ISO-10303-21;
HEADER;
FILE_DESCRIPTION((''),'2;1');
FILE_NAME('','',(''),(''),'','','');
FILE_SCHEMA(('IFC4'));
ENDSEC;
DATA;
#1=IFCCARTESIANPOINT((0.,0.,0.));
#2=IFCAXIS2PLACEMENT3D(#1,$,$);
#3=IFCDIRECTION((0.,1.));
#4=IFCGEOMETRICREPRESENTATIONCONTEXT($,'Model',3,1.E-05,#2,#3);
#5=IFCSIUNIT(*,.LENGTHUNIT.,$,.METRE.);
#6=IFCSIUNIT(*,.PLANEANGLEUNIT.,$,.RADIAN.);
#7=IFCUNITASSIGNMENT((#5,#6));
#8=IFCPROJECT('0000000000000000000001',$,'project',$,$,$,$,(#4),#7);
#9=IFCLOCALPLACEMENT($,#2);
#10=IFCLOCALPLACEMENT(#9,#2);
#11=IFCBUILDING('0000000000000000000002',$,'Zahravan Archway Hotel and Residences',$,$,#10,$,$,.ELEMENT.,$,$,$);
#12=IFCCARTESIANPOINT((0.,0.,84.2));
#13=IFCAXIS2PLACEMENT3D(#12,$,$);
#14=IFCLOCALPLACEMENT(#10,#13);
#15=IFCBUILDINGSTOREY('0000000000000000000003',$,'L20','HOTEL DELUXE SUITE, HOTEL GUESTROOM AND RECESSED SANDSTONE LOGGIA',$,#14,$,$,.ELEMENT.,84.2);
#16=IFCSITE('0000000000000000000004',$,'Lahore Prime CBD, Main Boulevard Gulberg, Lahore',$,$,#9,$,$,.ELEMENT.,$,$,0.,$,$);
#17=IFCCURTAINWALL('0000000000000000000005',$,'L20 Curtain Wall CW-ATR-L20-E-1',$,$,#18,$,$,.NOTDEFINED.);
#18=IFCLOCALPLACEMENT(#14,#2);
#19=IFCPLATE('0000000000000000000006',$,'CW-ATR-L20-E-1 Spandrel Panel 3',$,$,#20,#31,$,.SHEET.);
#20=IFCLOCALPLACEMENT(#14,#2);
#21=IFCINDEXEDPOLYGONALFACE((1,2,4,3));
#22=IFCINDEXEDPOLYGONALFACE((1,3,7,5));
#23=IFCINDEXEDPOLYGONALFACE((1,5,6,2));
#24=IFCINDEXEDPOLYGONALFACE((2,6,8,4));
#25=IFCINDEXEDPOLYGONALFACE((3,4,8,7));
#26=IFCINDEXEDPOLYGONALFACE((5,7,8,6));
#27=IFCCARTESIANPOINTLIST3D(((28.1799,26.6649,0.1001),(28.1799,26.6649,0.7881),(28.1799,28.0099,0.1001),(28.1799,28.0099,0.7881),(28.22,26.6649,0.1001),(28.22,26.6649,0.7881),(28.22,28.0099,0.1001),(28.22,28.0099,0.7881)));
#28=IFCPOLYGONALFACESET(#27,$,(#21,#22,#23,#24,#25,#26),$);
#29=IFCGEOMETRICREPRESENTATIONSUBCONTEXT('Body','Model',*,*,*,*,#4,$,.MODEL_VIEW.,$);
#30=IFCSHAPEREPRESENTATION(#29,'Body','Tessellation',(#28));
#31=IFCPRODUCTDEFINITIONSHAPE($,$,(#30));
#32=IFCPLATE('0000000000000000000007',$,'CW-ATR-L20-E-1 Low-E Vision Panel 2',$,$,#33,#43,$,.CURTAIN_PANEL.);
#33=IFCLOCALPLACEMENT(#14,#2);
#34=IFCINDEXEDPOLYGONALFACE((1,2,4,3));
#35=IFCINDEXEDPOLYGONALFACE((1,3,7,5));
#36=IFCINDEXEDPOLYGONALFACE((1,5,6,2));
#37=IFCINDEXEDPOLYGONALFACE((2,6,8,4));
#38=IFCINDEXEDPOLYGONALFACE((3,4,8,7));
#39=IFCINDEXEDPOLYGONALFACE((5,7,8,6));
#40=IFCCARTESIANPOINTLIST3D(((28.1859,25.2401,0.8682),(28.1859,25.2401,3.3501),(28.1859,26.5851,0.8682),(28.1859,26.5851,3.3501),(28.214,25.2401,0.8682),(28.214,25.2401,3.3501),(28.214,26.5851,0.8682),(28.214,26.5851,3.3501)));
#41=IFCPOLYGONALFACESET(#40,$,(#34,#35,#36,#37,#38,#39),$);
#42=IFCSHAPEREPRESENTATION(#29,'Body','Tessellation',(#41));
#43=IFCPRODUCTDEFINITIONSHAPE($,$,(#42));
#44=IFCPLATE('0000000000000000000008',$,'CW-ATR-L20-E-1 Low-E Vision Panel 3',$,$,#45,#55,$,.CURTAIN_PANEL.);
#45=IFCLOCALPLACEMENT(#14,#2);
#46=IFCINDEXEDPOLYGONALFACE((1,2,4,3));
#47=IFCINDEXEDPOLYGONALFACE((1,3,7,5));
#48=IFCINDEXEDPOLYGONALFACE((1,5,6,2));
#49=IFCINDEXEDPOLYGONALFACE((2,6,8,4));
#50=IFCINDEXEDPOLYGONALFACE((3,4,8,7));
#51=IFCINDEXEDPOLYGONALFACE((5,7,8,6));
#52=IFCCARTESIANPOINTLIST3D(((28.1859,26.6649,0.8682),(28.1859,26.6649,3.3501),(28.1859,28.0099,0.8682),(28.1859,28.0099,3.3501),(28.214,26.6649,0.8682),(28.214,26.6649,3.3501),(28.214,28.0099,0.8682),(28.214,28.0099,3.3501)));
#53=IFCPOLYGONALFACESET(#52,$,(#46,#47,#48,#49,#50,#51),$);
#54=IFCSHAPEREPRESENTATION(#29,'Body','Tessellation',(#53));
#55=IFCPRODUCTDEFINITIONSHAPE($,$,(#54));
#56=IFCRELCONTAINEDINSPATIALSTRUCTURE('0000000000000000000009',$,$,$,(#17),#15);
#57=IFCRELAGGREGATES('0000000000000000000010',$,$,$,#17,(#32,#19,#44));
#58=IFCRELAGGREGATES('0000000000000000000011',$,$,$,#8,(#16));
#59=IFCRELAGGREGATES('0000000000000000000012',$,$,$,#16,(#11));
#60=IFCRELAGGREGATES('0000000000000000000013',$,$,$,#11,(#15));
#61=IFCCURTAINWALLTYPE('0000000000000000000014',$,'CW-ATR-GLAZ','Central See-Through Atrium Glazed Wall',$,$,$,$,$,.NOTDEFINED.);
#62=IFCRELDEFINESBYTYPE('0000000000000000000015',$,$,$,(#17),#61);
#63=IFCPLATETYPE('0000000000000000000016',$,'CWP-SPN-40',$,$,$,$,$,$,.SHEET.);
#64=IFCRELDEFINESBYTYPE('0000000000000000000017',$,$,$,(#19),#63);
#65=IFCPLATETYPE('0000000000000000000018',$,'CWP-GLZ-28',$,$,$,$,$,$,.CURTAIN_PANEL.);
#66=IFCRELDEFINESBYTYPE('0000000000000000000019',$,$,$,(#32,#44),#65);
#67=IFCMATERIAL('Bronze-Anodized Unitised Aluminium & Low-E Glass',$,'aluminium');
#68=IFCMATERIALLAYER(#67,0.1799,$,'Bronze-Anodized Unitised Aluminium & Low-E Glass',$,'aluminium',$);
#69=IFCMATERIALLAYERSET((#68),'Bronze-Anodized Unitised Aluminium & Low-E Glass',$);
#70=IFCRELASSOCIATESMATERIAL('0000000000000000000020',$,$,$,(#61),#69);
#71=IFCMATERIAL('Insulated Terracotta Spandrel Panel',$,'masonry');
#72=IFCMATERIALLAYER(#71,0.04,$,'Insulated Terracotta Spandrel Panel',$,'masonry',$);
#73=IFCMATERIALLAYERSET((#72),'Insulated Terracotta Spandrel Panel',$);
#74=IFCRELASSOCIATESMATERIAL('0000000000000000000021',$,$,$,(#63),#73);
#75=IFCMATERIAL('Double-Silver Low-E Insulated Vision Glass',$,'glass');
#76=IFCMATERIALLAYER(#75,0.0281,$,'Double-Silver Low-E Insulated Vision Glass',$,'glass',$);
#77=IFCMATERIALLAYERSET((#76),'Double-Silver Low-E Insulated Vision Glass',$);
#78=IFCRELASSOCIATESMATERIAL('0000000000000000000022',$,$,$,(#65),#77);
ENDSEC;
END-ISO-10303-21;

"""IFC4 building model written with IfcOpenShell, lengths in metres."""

from ifc_helpers import new_model, si_unit, direction, frame, origin, origin_2d, place, context, subcontext, project, spatial, rectangle, extrude, source, transform, mapped, material, layer, layer_set, type_object, element, aggregate, save


model = new_model("IFC4")

# Units and contexts
model_context = context("Model", 3, precision=1e-05, world=origin(), true_north=direction((0.0, 1.0)))
body_context = subcontext(model_context, "Body", "Model", "MODEL_VIEW")
ifc_project = project(units=[si_unit("LENGTHUNIT", "METRE"), si_unit("PLANEANGLEUNIT", "RADIAN")], contexts=[model_context])

# Site, building, storey
site_placement = place(None, origin())
site = spatial("IfcSite", under=ifc_project, at=site_placement, Name="Lahore Prime CBD, Main Boulevard Gulberg, Lahore", CompositionType="ELEMENT", RefElevation=0.0)
building_placement = place(site_placement, origin())
building = spatial("IfcBuilding", under=site, at=building_placement, Name="Zahravan Archway Hotel and Residences", CompositionType="ELEMENT")
storey_placement = place(building_placement, frame((0.0, 0.0, 84.2)))
storey = spatial("IfcBuildingStorey", under=building, at=storey_placement, Name="L20", Description="HOTEL DELUXE SUITE, HOTEL GUESTROOM AND RECESSED SANDSTONE LOGGIA", CompositionType="ELEMENT", Elevation=84.2)

# Shared definitions
ifc_material_1 = material(Name="Bronze-Anodized Unitised Aluminium & Low-E Glass", Category="aluminium")

# Shared definitions
ifc_layer_1 = layer(ifc_material_1, 0.1799, Name="Bronze-Anodized Unitised Aluminium & Low-E Glass", Category="aluminium")
ifc_layer_set_1 = layer_set([ifc_layer_1], Name="Bronze-Anodized Unitised Aluminium & Low-E Glass")
curtain_wall_type_1 = type_object("IfcCurtainWallType", Name="CW-ATR-GLAZ", Description="Central See-Through Atrium Glazed Wall", PredefinedType="NOTDEFINED", material=ifc_layer_set_1)

# Curtain wall
curtain_wall_1_placement = place(storey_placement, origin())
curtain_wall_1 = element("IfcCurtainWall", 1, at=curtain_wall_1_placement, inside=storey, type_object=curtain_wall_type_1, Name="L20 Curtain Wall CW-ATR-L20-E-1", PredefinedType="NOTDEFINED")

# Plates
ifc_material_2 = material(Name="Insulated Terracotta Spandrel Panel", Category="masonry")
ifc_layer_2 = layer(ifc_material_2, 0.04, Name="Insulated Terracotta Spandrel Panel", Category="masonry")
ifc_layer_set_2 = layer_set([ifc_layer_2], Name="Insulated Terracotta Spandrel Panel")
plate_type_1 = type_object("IfcPlateType", Name="CWP-SPN-40", PredefinedType="SHEET", material=ifc_layer_set_2)
ifc_material_3 = material(Name="Double-Silver Low-E Insulated Vision Glass", Category="glass")
ifc_layer_3 = layer(ifc_material_3, 0.0281, Name="Double-Silver Low-E Insulated Vision Glass", Category="glass")
ifc_layer_set_3 = layer_set([ifc_layer_3], Name="Double-Silver Low-E Insulated Vision Glass")
plate_type_2 = type_object("IfcPlateType", Name="CWP-GLZ-28", PredefinedType="CURTAIN_PANEL", material=ifc_layer_set_3)
shared_shape_1 = source(origin(), body_context, "Body", "SweptSolid", [
    extrude(rectangle(XDim=1.345, YDim=0.04, at=origin_2d()), origin(), (0.0, 0.0, 1.0), 0.688),
])
plate_1_placement = place(storey_placement, frame((28.2, 27.3374, 0.1001), z_axis=(0.0, 0.0, 1.0), x_axis=(0.0, 1.0, 0.0)))
plate_1 = element("IfcPlate", 2, at=plate_1_placement, type_object=plate_type_1, Name="CW-ATR-L20-E-1 Spandrel Panel 3", PredefinedType="SHEET", context=body_context, shape_type="MappedRepresentation", body=[
    mapped(shared_shape_1, transform((0.0, 0.0, 0.0), scale=1.0)),
])
shared_shape_2 = source(origin(), body_context, "Body", "SweptSolid", [
    extrude(rectangle(XDim=1.345, YDim=0.0281, at=origin_2d()), origin(), (0.0, 0.0, 1.0), 2.4819),
])
plate_2_placement = place(storey_placement, frame((28.2, 25.9126, 0.8682), z_axis=(0.0, 0.0, 1.0), x_axis=(0.0, 1.0, 0.0)))
plate_2 = element("IfcPlate", 3, at=plate_2_placement, type_object=plate_type_2, Name="CW-ATR-L20-E-1 Low-E Vision Panel 2", PredefinedType="CURTAIN_PANEL", context=body_context, shape_type="MappedRepresentation", body=[
    mapped(shared_shape_2, transform((0.0, 0.0, 0.0), scale=1.0)),
])
plate_3_placement = place(storey_placement, frame((28.2, 27.3374, 0.8682), z_axis=(0.0, 0.0, 1.0), x_axis=(0.0, 1.0, 0.0)))
plate_3 = element("IfcPlate", 4, at=plate_3_placement, type_object=plate_type_2, Name="CW-ATR-L20-E-1 Low-E Vision Panel 3", PredefinedType="CURTAIN_PANEL", context=body_context, shape_type="MappedRepresentation", body=[
    mapped(shared_shape_2, transform((0.0, 0.0, 0.0), scale=1.0)),
])
aggregate(curtain_wall_1, [plate_2, plate_1, plate_3])

save(model, "model.ifc")
